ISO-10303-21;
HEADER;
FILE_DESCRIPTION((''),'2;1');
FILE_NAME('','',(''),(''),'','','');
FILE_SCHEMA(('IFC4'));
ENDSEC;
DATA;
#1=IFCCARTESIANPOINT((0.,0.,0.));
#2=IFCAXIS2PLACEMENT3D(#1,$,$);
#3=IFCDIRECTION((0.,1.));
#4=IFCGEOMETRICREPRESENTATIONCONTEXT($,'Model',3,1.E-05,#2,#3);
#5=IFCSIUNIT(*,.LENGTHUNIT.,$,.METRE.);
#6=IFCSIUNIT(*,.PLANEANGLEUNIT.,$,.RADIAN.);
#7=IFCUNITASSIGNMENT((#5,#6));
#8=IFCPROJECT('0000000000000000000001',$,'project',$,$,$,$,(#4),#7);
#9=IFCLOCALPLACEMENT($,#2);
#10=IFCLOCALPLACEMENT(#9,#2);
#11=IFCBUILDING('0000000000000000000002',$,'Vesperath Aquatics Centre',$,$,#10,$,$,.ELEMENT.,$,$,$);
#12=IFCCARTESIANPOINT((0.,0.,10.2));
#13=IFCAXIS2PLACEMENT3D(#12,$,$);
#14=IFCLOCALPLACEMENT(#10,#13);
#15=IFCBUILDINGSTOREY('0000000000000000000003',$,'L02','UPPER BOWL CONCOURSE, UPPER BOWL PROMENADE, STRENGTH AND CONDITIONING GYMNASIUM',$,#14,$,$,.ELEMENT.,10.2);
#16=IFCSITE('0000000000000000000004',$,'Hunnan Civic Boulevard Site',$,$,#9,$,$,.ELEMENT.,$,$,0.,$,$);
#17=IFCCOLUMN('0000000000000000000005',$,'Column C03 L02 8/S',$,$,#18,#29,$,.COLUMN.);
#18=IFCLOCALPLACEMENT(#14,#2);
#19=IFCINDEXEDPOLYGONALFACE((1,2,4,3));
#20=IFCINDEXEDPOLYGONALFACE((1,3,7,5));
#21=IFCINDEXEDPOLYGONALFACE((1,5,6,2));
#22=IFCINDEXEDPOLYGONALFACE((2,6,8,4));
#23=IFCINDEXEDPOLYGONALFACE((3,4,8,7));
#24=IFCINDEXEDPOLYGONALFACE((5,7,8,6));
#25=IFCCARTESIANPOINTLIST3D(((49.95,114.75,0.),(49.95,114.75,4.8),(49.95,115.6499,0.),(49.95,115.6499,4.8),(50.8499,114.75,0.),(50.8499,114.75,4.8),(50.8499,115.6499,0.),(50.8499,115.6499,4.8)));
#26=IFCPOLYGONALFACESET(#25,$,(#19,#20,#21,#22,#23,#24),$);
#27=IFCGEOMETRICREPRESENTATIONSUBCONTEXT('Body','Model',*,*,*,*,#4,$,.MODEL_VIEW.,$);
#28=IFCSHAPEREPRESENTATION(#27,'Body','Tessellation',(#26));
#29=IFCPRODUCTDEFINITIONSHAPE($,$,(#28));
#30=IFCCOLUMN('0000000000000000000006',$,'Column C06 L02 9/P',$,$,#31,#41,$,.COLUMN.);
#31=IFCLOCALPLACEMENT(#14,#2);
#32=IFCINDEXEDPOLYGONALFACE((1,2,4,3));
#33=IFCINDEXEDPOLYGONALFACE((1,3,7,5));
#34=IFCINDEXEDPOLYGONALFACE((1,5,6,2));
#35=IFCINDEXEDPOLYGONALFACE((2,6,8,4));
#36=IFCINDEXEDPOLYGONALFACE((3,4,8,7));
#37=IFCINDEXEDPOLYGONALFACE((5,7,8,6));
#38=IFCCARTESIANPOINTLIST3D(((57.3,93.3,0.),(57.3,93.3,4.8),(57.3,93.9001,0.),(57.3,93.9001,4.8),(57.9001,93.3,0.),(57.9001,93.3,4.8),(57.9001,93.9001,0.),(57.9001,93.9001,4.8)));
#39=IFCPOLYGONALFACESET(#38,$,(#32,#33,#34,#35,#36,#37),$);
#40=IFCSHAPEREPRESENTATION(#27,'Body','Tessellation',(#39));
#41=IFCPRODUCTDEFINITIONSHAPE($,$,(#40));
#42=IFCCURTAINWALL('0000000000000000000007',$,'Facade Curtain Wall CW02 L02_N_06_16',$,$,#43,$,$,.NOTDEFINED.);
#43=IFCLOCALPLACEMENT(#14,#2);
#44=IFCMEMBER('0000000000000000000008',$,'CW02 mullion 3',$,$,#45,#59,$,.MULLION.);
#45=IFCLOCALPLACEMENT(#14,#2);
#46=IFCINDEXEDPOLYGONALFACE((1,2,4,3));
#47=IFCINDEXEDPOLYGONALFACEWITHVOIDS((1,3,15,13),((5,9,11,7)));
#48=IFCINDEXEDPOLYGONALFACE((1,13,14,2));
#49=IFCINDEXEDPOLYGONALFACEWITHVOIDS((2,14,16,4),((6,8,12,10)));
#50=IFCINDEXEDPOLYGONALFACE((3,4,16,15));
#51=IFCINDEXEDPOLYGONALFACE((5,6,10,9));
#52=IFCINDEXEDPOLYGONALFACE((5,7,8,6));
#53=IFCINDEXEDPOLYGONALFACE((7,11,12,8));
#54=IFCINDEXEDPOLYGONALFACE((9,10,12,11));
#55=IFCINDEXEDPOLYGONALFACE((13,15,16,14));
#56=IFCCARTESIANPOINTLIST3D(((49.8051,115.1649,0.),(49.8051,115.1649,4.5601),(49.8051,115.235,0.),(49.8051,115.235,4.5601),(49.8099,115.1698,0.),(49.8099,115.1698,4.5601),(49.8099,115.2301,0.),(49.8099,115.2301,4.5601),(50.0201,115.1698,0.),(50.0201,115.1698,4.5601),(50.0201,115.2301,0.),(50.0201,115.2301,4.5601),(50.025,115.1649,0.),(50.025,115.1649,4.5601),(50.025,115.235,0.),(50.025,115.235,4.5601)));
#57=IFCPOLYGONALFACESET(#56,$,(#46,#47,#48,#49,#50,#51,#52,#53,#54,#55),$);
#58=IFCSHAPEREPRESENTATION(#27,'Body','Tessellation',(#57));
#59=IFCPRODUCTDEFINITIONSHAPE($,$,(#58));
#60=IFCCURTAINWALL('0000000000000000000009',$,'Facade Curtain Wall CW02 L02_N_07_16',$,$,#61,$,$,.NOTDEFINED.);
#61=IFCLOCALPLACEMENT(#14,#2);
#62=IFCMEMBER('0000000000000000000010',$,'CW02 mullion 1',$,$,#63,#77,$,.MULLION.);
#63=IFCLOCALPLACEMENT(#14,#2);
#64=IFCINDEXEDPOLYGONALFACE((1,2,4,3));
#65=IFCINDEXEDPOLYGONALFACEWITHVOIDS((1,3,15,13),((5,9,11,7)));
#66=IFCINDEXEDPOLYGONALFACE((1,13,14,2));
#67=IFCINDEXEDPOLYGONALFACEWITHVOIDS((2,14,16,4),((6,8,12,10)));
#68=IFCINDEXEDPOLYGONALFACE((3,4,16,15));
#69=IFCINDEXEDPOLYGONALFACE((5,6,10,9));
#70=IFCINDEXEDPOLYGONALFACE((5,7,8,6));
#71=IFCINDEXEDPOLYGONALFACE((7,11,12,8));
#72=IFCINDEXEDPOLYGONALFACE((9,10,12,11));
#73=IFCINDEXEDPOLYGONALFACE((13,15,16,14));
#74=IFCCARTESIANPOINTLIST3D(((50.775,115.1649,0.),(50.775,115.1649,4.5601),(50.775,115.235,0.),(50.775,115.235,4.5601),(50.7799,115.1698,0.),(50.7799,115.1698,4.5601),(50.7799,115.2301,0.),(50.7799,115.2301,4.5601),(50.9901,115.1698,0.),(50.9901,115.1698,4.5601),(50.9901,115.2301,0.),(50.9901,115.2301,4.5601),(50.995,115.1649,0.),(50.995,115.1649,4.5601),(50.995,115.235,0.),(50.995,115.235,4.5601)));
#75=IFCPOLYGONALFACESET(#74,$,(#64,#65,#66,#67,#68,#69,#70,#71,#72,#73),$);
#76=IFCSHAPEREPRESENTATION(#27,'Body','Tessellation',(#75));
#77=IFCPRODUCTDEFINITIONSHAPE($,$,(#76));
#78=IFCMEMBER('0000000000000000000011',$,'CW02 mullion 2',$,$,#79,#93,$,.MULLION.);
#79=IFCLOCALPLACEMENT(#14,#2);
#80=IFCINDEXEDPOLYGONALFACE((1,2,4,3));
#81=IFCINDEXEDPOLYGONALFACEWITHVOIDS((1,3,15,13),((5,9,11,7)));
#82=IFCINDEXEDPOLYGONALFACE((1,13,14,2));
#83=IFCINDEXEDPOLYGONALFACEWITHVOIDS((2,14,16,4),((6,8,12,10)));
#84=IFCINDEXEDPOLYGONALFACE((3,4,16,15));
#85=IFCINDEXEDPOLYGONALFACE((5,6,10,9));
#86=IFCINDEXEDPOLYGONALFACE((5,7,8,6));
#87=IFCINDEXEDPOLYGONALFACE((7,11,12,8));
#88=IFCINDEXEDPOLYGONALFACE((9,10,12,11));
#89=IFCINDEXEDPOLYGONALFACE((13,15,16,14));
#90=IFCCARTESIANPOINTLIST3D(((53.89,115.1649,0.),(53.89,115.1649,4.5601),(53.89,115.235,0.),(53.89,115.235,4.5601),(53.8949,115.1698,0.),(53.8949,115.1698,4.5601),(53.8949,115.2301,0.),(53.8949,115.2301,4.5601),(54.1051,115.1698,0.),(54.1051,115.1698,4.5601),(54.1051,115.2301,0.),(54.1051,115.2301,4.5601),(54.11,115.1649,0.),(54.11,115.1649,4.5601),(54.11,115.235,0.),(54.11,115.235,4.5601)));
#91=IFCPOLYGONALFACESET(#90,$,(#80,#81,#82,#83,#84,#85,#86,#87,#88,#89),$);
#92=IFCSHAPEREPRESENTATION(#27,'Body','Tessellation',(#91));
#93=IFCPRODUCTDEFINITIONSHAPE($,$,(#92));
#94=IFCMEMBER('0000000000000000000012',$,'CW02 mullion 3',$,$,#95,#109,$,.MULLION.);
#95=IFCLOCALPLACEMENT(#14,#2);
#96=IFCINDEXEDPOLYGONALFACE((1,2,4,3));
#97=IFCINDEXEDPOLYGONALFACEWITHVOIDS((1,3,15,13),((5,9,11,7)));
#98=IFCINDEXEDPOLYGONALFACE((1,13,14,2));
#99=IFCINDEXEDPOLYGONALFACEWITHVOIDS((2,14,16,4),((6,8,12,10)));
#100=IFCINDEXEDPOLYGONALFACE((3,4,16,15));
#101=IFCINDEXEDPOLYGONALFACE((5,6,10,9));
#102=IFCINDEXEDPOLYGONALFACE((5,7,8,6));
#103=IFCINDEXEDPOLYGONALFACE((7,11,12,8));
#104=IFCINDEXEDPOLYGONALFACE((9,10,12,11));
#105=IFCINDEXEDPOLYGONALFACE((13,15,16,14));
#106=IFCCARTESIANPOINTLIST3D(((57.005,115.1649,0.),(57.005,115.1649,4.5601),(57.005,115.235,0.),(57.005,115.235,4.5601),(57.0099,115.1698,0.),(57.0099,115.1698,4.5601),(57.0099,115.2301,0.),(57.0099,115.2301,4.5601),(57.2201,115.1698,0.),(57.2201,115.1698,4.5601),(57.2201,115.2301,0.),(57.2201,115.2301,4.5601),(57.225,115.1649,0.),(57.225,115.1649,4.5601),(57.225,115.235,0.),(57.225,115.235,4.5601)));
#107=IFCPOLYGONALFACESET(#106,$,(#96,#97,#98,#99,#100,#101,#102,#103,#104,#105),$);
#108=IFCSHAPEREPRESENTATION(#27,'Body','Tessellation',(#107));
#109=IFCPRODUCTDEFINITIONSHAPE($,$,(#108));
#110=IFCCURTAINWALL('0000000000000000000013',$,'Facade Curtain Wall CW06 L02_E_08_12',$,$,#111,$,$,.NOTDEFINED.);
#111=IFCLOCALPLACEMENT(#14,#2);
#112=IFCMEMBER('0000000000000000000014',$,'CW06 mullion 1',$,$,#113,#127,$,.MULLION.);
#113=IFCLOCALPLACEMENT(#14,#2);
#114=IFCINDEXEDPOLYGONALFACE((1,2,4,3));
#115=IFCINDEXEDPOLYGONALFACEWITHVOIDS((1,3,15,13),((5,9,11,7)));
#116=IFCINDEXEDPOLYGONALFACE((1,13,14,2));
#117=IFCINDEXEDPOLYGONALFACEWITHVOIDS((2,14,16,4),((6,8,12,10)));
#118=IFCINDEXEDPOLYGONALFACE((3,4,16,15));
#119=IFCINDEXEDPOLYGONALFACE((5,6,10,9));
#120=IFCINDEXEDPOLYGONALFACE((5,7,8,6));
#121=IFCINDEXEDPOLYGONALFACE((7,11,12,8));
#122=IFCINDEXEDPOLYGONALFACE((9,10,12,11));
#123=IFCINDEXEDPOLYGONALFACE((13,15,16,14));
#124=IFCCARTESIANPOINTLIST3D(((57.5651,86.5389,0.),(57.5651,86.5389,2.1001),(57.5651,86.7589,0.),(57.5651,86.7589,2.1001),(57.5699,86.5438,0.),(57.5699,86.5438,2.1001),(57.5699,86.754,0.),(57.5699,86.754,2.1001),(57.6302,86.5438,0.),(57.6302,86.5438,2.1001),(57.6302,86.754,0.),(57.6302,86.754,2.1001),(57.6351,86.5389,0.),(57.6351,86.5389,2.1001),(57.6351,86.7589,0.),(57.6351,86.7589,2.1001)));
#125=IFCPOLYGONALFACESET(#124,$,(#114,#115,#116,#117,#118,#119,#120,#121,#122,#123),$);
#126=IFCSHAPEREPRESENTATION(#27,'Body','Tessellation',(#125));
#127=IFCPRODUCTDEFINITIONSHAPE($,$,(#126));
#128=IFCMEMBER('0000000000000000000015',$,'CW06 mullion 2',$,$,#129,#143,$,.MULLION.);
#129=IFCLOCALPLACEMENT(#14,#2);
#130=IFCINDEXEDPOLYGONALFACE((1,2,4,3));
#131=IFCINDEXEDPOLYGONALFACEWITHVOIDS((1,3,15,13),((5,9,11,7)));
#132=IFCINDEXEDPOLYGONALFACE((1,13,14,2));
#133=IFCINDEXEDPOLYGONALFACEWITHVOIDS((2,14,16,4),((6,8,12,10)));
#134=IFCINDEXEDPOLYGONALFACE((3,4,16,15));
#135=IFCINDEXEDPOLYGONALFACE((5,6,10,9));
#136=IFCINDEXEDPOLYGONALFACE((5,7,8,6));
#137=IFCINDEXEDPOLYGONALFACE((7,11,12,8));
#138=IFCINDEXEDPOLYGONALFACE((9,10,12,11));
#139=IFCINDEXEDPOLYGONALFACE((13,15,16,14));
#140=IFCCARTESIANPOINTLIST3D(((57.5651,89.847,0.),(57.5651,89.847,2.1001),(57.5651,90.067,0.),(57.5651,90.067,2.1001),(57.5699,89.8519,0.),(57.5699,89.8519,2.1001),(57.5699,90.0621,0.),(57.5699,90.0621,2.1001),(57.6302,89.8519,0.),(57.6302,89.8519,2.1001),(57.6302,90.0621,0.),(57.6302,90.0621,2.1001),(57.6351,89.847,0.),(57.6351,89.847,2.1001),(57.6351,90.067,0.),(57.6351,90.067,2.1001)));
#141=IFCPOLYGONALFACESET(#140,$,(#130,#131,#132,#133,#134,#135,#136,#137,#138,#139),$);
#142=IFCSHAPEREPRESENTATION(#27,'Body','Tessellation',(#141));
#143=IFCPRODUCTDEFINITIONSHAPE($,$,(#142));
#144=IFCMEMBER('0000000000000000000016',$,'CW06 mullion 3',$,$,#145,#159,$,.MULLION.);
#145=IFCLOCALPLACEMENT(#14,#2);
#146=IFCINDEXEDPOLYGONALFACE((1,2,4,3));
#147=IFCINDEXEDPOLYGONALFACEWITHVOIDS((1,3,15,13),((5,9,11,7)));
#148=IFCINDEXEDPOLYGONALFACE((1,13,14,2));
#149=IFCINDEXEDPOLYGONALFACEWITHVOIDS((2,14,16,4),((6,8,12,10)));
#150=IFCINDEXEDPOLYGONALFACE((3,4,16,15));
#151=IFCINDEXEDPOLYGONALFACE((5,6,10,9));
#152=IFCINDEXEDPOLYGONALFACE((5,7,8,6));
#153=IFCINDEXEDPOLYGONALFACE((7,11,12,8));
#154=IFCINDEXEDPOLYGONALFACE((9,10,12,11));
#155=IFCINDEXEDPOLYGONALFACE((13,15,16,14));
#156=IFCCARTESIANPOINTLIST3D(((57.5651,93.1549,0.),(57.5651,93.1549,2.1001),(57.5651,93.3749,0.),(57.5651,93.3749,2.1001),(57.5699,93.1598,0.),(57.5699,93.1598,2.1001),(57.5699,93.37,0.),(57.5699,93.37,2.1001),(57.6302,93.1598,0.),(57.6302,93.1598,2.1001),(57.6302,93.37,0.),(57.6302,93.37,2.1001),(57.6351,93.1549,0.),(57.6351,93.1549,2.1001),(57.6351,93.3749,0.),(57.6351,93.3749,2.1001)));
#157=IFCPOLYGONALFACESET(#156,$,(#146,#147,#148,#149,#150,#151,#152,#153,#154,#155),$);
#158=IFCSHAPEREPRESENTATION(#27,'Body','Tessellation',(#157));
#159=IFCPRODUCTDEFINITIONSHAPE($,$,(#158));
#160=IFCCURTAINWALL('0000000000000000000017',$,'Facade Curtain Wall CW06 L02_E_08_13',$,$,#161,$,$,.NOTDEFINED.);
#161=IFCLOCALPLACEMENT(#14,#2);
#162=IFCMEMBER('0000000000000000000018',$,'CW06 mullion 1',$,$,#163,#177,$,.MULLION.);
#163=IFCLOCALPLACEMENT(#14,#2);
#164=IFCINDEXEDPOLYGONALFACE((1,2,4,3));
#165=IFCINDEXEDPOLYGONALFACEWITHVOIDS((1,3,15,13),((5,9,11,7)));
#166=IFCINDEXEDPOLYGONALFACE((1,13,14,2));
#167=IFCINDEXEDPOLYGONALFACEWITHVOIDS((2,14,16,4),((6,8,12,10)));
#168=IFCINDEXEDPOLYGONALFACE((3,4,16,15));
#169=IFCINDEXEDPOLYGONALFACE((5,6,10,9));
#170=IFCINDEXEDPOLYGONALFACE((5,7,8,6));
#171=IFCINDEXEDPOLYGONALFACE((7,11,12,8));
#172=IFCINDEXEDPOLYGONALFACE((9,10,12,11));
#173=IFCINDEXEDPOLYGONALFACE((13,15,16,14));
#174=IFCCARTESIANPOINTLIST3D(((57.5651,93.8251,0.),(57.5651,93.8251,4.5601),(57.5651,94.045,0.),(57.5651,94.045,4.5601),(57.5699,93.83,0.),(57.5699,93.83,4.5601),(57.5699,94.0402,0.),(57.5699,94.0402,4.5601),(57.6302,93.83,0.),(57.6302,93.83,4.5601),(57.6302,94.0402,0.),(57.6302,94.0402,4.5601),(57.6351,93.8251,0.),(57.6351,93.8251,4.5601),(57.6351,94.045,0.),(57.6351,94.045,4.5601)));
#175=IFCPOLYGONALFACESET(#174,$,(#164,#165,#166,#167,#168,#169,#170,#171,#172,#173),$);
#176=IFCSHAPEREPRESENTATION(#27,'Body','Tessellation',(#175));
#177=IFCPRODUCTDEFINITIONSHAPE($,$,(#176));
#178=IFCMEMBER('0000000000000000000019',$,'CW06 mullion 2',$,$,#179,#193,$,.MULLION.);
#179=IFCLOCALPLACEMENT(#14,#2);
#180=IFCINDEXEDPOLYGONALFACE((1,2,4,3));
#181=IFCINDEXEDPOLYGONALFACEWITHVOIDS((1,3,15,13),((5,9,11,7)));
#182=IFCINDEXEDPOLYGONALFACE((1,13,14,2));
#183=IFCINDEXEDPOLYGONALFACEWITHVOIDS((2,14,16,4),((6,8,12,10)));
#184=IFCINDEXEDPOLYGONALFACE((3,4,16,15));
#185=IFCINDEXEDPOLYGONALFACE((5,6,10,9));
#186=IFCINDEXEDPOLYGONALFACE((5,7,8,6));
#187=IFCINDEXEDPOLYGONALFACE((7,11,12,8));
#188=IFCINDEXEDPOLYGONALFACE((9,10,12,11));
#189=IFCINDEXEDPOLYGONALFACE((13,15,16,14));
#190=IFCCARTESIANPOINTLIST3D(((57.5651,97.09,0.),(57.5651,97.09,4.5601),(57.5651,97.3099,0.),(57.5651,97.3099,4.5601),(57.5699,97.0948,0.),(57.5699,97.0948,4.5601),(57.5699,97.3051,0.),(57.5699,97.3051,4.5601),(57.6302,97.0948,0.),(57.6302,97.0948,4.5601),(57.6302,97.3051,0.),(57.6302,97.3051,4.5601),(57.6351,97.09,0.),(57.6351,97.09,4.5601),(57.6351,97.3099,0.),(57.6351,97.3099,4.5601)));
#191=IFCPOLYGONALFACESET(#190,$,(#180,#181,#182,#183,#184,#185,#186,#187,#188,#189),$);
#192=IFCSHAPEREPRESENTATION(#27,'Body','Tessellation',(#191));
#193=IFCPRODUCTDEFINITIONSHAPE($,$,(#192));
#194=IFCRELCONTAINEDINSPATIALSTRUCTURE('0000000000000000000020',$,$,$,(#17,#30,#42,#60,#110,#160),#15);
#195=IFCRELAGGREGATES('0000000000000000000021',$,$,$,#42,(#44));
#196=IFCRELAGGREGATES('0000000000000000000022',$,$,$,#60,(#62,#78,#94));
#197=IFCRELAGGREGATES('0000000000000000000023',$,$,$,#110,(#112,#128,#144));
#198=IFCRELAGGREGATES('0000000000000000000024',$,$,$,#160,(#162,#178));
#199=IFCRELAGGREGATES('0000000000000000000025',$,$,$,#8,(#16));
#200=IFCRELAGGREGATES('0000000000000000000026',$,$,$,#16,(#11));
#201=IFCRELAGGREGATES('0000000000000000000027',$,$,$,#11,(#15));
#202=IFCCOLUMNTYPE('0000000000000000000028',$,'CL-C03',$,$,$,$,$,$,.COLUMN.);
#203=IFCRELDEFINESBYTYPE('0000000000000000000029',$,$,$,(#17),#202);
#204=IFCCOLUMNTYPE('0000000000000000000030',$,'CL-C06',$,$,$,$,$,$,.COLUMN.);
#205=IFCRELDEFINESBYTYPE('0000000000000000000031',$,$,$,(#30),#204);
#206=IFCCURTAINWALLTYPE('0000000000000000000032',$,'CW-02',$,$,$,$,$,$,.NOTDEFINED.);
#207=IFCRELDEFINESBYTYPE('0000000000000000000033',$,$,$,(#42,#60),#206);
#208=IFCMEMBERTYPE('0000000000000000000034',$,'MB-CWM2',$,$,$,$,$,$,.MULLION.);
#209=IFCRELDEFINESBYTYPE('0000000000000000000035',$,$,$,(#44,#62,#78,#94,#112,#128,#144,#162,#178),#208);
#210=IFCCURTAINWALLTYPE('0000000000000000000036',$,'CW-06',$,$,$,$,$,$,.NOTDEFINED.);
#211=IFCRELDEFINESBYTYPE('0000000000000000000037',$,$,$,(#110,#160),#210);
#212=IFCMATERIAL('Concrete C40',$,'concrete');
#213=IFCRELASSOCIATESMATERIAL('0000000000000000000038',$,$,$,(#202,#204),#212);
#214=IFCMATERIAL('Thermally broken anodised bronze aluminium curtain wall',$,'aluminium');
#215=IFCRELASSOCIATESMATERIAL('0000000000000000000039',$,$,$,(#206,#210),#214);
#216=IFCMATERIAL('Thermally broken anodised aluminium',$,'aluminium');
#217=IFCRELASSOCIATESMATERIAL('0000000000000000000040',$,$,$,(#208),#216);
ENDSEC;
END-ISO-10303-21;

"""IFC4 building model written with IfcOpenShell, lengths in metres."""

from ifc_helpers import new_model, si_unit, direction, frame, origin, origin_2d, place, context, subcontext, project, spatial, rectangle, hollow_rectangle, extrude, material, material_profile, profile_set, type_object, element, aggregate, save


model = new_model("IFC4")

# Units and contexts
model_context = context("Model", 3, precision=1e-05, world=origin(), true_north=direction((0.0, 1.0)))
body_context = subcontext(model_context, "Body", "Model", "MODEL_VIEW")
ifc_project = project(units=[si_unit("LENGTHUNIT", "METRE"), si_unit("PLANEANGLEUNIT", "RADIAN")], contexts=[model_context])

# Site, building, storey
site_placement = place(None, origin())
site = spatial("IfcSite", under=ifc_project, at=site_placement, Name="Hunnan Civic Boulevard Site", CompositionType="ELEMENT", RefElevation=0.0)
building_placement = place(site_placement, origin())
building = spatial("IfcBuilding", under=site, at=building_placement, Name="Vesperath Aquatics Centre", CompositionType="ELEMENT")
storey_placement = place(building_placement, frame((0.0, 0.0, 10.2)))
storey = spatial("IfcBuildingStorey", under=building, at=storey_placement, Name="L02", Description="UPPER BOWL CONCOURSE, UPPER BOWL PROMENADE, STRENGTH AND CONDITIONING GYMNASIUM", CompositionType="ELEMENT", Elevation=10.2)

# Columns
ifc_material_1 = material(Name="Concrete C40", Category="concrete")
ifc_material_profile_1 = material_profile(ifc_material_1, rectangle(XDim=0.8999, YDim=0.8999, at=origin_2d()), Name="RC 900x900")
ifc_profile_set_1 = profile_set([ifc_material_profile_1], Name="Concrete C40")
column_type_1 = type_object("IfcColumnType", Name="CL-C03", PredefinedType="COLUMN", material=ifc_profile_set_1)
column_1_placement = place(storey_placement, frame((50.3999, 115.2, 0.0), z_axis=(0.0, 0.0, 1.0), x_axis=(1.0, 0.0, 0.0)))
element("IfcColumn", 1, at=column_1_placement, inside=storey, type_object=column_type_1, Name="Column C03 L02 8/S", PredefinedType="COLUMN", context=body_context, shape_type="SweptSolid", body=[
    extrude(rectangle(XDim=0.8999, YDim=0.8999, at=origin_2d()), origin(), (0.0, 0.0, 1.0), 4.8),
])
ifc_material_profile_2 = material_profile(ifc_material_1, rectangle(XDim=0.6001, YDim=0.6001, at=origin_2d()), Name="RC 600x600")
ifc_profile_set_2 = profile_set([ifc_material_profile_2], Name="Concrete C40")
column_type_2 = type_object("IfcColumnType", Name="CL-C06", PredefinedType="COLUMN", material=ifc_profile_set_2)
column_2_placement = place(storey_placement, frame((57.6001, 93.6001, 0.0), z_axis=(0.0, 0.0, 1.0), x_axis=(1.0, 0.0, 0.0)))
element("IfcColumn", 2, at=column_2_placement, inside=storey, type_object=column_type_2, Name="Column C06 L02 9/P", PredefinedType="COLUMN", context=body_context, shape_type="SweptSolid", body=[
    extrude(rectangle(XDim=0.6001, YDim=0.6001, at=origin_2d()), origin(), (0.0, 0.0, 1.0), 4.8),
])

# Curtain wall, member
ifc_material_2 = material(Name="Thermally broken anodised bronze aluminium curtain wall", Category="aluminium")
curtain_wall_type_1 = type_object("IfcCurtainWallType", Name="CW-02", PredefinedType="NOTDEFINED", material=ifc_material_2)
curtain_wall_1_placement = place(storey_placement, origin())
curtain_wall_1 = element("IfcCurtainWall", 3, at=curtain_wall_1_placement, inside=storey, type_object=curtain_wall_type_1, Name="Facade Curtain Wall CW02 L02_N_06_16", PredefinedType="NOTDEFINED")
ifc_material_3 = material(Name="Thermally broken anodised aluminium", Category="aluminium")
ifc_material_profile_3 = material_profile(ifc_material_3, hollow_rectangle(XDim=0.0701, YDim=0.22, WallThickness=0.0049, at=origin_2d()), Name="CWM 70x220x5")
ifc_profile_set_3 = profile_set([ifc_material_profile_3], Name="Thermally broken anodised aluminium")
member_type_1 = type_object("IfcMemberType", Name="MB-CWM2", PredefinedType="MULLION", material=ifc_profile_set_3)
member_1_placement = place(storey_placement, frame((49.915, 115.2, 0.0), z_axis=(0.0, 0.0, 1.0), x_axis=(0.0, 1.0, 0.0)))
member_1 = element("IfcMember", 4, at=member_1_placement, type_object=member_type_1, Name="CW02 mullion 3", PredefinedType="MULLION", context=body_context, shape_type="SweptSolid", body=[
    extrude(hollow_rectangle(XDim=0.0701, YDim=0.22, WallThickness=0.0049, at=origin_2d()), origin(), (0.0, 0.0, 1.0), 4.5601),
])
aggregate(curtain_wall_1, [member_1])

# Curtain walls, members
curtain_wall_2_placement = place(storey_placement, origin())
curtain_wall_2 = element("IfcCurtainWall", 5, at=curtain_wall_2_placement, inside=storey, type_object=curtain_wall_type_1, Name="Facade Curtain Wall CW02 L02_N_07_16", PredefinedType="NOTDEFINED")
member_2_placement = place(storey_placement, frame((50.885, 115.2, 0.0), z_axis=(0.0, 0.0, 1.0), x_axis=(0.0, 1.0, 0.0)))
member_2 = element("IfcMember", 6, at=member_2_placement, type_object=member_type_1, Name="CW02 mullion 1", PredefinedType="MULLION", context=body_context, shape_type="SweptSolid", body=[
    extrude(hollow_rectangle(XDim=0.0701, YDim=0.22, WallThickness=0.0049, at=origin_2d()), origin(), (0.0, 0.0, 1.0), 4.5601),
])
member_3_placement = place(storey_placement, frame((54.0, 115.2, 0.0), z_axis=(0.0, 0.0, 1.0), x_axis=(0.0, 1.0, 0.0)))
member_3 = element("IfcMember", 7, at=member_3_placement, type_object=member_type_1, Name="CW02 mullion 2", PredefinedType="MULLION", context=body_context, shape_type="SweptSolid", body=[
    extrude(hollow_rectangle(XDim=0.0701, YDim=0.22, WallThickness=0.0049, at=origin_2d()), origin(), (0.0, 0.0, 1.0), 4.5601),
])
member_4_placement = place(storey_placement, frame((57.115, 115.2, 0.0), z_axis=(0.0, 0.0, 1.0), x_axis=(0.0, 1.0, 0.0)))
member_4 = element("IfcMember", 8, at=member_4_placement, type_object=member_type_1, Name="CW02 mullion 3", PredefinedType="MULLION", context=body_context, shape_type="SweptSolid", body=[
    extrude(hollow_rectangle(XDim=0.0701, YDim=0.22, WallThickness=0.0049, at=origin_2d()), origin(), (0.0, 0.0, 1.0), 4.5601),
])
curtain_wall_type_2 = type_object("IfcCurtainWallType", Name="CW-06", PredefinedType="NOTDEFINED", material=ifc_material_2)
curtain_wall_3_placement = place(storey_placement, origin())
curtain_wall_3 = element("IfcCurtainWall", 9, at=curtain_wall_3_placement, inside=storey, type_object=curtain_wall_type_2, Name="Facade Curtain Wall CW06 L02_E_08_12", PredefinedType="NOTDEFINED")
member_5_placement = place(storey_placement, frame((57.6001, 86.6489, 0.0), z_axis=(0.0, 0.0, 1.0), x_axis=(-1.0, 0.0, 0.0)))
member_5 = element("IfcMember", 10, at=member_5_placement, type_object=member_type_1, Name="CW06 mullion 1", PredefinedType="MULLION", context=body_context, shape_type="SweptSolid", body=[
    extrude(hollow_rectangle(XDim=0.0701, YDim=0.22, WallThickness=0.0049, at=origin_2d()), origin(), (0.0, 0.0, 1.0), 2.1001),
])
member_6_placement = place(storey_placement, frame((57.6001, 89.957, 0.0), z_axis=(0.0, 0.0, 1.0), x_axis=(-1.0, 0.0, 0.0)))
member_6 = element("IfcMember", 11, at=member_6_placement, type_object=member_type_1, Name="CW06 mullion 2", PredefinedType="MULLION", context=body_context, shape_type="SweptSolid", body=[
    extrude(hollow_rectangle(XDim=0.0701, YDim=0.22, WallThickness=0.0049, at=origin_2d()), origin(), (0.0, 0.0, 1.0), 2.1001),
])
member_7_placement = place(storey_placement, frame((57.6001, 93.2649, 0.0), z_axis=(0.0, 0.0, 1.0), x_axis=(-1.0, 0.0, 0.0)))
member_7 = element("IfcMember", 12, at=member_7_placement, type_object=member_type_1, Name="CW06 mullion 3", PredefinedType="MULLION", context=body_context, shape_type="SweptSolid", body=[
    extrude(hollow_rectangle(XDim=0.0701, YDim=0.22, WallThickness=0.0049, at=origin_2d()), origin(), (0.0, 0.0, 1.0), 2.1001),
])
curtain_wall_4_placement = place(storey_placement, origin())
curtain_wall_4 = element("IfcCurtainWall", 13, at=curtain_wall_4_placement, inside=storey, type_object=curtain_wall_type_2, Name="Facade Curtain Wall CW06 L02_E_08_13", PredefinedType="NOTDEFINED")
member_8_placement = place(storey_placement, frame((57.6001, 93.9351, 0.0), z_axis=(0.0, 0.0, 1.0), x_axis=(-1.0, 0.0, 0.0)))
member_8 = element("IfcMember", 14, at=member_8_placement, type_object=member_type_1, Name="CW06 mullion 1", PredefinedType="MULLION", context=body_context, shape_type="SweptSolid", body=[
    extrude(hollow_rectangle(XDim=0.0701, YDim=0.22, WallThickness=0.0049, at=origin_2d()), origin(), (0.0, 0.0, 1.0), 4.5601),
])
member_9_placement = place(storey_placement, frame((57.6001, 97.2, 0.0), z_axis=(0.0, 0.0, 1.0), x_axis=(-1.0, 0.0, 0.0)))
member_9 = element("IfcMember", 15, at=member_9_placement, type_object=member_type_1, Name="CW06 mullion 2", PredefinedType="MULLION", context=body_context, shape_type="SweptSolid", body=[
    extrude(hollow_rectangle(XDim=0.0701, YDim=0.22, WallThickness=0.0049, at=origin_2d()), origin(), (0.0, 0.0, 1.0), 4.5601),
])

aggregate(curtain_wall_2, [member_2, member_3, member_4])
aggregate(curtain_wall_3, [member_5, member_6, member_7])
aggregate(curtain_wall_4, [member_8, member_9])

save(model, "model.ifc")
